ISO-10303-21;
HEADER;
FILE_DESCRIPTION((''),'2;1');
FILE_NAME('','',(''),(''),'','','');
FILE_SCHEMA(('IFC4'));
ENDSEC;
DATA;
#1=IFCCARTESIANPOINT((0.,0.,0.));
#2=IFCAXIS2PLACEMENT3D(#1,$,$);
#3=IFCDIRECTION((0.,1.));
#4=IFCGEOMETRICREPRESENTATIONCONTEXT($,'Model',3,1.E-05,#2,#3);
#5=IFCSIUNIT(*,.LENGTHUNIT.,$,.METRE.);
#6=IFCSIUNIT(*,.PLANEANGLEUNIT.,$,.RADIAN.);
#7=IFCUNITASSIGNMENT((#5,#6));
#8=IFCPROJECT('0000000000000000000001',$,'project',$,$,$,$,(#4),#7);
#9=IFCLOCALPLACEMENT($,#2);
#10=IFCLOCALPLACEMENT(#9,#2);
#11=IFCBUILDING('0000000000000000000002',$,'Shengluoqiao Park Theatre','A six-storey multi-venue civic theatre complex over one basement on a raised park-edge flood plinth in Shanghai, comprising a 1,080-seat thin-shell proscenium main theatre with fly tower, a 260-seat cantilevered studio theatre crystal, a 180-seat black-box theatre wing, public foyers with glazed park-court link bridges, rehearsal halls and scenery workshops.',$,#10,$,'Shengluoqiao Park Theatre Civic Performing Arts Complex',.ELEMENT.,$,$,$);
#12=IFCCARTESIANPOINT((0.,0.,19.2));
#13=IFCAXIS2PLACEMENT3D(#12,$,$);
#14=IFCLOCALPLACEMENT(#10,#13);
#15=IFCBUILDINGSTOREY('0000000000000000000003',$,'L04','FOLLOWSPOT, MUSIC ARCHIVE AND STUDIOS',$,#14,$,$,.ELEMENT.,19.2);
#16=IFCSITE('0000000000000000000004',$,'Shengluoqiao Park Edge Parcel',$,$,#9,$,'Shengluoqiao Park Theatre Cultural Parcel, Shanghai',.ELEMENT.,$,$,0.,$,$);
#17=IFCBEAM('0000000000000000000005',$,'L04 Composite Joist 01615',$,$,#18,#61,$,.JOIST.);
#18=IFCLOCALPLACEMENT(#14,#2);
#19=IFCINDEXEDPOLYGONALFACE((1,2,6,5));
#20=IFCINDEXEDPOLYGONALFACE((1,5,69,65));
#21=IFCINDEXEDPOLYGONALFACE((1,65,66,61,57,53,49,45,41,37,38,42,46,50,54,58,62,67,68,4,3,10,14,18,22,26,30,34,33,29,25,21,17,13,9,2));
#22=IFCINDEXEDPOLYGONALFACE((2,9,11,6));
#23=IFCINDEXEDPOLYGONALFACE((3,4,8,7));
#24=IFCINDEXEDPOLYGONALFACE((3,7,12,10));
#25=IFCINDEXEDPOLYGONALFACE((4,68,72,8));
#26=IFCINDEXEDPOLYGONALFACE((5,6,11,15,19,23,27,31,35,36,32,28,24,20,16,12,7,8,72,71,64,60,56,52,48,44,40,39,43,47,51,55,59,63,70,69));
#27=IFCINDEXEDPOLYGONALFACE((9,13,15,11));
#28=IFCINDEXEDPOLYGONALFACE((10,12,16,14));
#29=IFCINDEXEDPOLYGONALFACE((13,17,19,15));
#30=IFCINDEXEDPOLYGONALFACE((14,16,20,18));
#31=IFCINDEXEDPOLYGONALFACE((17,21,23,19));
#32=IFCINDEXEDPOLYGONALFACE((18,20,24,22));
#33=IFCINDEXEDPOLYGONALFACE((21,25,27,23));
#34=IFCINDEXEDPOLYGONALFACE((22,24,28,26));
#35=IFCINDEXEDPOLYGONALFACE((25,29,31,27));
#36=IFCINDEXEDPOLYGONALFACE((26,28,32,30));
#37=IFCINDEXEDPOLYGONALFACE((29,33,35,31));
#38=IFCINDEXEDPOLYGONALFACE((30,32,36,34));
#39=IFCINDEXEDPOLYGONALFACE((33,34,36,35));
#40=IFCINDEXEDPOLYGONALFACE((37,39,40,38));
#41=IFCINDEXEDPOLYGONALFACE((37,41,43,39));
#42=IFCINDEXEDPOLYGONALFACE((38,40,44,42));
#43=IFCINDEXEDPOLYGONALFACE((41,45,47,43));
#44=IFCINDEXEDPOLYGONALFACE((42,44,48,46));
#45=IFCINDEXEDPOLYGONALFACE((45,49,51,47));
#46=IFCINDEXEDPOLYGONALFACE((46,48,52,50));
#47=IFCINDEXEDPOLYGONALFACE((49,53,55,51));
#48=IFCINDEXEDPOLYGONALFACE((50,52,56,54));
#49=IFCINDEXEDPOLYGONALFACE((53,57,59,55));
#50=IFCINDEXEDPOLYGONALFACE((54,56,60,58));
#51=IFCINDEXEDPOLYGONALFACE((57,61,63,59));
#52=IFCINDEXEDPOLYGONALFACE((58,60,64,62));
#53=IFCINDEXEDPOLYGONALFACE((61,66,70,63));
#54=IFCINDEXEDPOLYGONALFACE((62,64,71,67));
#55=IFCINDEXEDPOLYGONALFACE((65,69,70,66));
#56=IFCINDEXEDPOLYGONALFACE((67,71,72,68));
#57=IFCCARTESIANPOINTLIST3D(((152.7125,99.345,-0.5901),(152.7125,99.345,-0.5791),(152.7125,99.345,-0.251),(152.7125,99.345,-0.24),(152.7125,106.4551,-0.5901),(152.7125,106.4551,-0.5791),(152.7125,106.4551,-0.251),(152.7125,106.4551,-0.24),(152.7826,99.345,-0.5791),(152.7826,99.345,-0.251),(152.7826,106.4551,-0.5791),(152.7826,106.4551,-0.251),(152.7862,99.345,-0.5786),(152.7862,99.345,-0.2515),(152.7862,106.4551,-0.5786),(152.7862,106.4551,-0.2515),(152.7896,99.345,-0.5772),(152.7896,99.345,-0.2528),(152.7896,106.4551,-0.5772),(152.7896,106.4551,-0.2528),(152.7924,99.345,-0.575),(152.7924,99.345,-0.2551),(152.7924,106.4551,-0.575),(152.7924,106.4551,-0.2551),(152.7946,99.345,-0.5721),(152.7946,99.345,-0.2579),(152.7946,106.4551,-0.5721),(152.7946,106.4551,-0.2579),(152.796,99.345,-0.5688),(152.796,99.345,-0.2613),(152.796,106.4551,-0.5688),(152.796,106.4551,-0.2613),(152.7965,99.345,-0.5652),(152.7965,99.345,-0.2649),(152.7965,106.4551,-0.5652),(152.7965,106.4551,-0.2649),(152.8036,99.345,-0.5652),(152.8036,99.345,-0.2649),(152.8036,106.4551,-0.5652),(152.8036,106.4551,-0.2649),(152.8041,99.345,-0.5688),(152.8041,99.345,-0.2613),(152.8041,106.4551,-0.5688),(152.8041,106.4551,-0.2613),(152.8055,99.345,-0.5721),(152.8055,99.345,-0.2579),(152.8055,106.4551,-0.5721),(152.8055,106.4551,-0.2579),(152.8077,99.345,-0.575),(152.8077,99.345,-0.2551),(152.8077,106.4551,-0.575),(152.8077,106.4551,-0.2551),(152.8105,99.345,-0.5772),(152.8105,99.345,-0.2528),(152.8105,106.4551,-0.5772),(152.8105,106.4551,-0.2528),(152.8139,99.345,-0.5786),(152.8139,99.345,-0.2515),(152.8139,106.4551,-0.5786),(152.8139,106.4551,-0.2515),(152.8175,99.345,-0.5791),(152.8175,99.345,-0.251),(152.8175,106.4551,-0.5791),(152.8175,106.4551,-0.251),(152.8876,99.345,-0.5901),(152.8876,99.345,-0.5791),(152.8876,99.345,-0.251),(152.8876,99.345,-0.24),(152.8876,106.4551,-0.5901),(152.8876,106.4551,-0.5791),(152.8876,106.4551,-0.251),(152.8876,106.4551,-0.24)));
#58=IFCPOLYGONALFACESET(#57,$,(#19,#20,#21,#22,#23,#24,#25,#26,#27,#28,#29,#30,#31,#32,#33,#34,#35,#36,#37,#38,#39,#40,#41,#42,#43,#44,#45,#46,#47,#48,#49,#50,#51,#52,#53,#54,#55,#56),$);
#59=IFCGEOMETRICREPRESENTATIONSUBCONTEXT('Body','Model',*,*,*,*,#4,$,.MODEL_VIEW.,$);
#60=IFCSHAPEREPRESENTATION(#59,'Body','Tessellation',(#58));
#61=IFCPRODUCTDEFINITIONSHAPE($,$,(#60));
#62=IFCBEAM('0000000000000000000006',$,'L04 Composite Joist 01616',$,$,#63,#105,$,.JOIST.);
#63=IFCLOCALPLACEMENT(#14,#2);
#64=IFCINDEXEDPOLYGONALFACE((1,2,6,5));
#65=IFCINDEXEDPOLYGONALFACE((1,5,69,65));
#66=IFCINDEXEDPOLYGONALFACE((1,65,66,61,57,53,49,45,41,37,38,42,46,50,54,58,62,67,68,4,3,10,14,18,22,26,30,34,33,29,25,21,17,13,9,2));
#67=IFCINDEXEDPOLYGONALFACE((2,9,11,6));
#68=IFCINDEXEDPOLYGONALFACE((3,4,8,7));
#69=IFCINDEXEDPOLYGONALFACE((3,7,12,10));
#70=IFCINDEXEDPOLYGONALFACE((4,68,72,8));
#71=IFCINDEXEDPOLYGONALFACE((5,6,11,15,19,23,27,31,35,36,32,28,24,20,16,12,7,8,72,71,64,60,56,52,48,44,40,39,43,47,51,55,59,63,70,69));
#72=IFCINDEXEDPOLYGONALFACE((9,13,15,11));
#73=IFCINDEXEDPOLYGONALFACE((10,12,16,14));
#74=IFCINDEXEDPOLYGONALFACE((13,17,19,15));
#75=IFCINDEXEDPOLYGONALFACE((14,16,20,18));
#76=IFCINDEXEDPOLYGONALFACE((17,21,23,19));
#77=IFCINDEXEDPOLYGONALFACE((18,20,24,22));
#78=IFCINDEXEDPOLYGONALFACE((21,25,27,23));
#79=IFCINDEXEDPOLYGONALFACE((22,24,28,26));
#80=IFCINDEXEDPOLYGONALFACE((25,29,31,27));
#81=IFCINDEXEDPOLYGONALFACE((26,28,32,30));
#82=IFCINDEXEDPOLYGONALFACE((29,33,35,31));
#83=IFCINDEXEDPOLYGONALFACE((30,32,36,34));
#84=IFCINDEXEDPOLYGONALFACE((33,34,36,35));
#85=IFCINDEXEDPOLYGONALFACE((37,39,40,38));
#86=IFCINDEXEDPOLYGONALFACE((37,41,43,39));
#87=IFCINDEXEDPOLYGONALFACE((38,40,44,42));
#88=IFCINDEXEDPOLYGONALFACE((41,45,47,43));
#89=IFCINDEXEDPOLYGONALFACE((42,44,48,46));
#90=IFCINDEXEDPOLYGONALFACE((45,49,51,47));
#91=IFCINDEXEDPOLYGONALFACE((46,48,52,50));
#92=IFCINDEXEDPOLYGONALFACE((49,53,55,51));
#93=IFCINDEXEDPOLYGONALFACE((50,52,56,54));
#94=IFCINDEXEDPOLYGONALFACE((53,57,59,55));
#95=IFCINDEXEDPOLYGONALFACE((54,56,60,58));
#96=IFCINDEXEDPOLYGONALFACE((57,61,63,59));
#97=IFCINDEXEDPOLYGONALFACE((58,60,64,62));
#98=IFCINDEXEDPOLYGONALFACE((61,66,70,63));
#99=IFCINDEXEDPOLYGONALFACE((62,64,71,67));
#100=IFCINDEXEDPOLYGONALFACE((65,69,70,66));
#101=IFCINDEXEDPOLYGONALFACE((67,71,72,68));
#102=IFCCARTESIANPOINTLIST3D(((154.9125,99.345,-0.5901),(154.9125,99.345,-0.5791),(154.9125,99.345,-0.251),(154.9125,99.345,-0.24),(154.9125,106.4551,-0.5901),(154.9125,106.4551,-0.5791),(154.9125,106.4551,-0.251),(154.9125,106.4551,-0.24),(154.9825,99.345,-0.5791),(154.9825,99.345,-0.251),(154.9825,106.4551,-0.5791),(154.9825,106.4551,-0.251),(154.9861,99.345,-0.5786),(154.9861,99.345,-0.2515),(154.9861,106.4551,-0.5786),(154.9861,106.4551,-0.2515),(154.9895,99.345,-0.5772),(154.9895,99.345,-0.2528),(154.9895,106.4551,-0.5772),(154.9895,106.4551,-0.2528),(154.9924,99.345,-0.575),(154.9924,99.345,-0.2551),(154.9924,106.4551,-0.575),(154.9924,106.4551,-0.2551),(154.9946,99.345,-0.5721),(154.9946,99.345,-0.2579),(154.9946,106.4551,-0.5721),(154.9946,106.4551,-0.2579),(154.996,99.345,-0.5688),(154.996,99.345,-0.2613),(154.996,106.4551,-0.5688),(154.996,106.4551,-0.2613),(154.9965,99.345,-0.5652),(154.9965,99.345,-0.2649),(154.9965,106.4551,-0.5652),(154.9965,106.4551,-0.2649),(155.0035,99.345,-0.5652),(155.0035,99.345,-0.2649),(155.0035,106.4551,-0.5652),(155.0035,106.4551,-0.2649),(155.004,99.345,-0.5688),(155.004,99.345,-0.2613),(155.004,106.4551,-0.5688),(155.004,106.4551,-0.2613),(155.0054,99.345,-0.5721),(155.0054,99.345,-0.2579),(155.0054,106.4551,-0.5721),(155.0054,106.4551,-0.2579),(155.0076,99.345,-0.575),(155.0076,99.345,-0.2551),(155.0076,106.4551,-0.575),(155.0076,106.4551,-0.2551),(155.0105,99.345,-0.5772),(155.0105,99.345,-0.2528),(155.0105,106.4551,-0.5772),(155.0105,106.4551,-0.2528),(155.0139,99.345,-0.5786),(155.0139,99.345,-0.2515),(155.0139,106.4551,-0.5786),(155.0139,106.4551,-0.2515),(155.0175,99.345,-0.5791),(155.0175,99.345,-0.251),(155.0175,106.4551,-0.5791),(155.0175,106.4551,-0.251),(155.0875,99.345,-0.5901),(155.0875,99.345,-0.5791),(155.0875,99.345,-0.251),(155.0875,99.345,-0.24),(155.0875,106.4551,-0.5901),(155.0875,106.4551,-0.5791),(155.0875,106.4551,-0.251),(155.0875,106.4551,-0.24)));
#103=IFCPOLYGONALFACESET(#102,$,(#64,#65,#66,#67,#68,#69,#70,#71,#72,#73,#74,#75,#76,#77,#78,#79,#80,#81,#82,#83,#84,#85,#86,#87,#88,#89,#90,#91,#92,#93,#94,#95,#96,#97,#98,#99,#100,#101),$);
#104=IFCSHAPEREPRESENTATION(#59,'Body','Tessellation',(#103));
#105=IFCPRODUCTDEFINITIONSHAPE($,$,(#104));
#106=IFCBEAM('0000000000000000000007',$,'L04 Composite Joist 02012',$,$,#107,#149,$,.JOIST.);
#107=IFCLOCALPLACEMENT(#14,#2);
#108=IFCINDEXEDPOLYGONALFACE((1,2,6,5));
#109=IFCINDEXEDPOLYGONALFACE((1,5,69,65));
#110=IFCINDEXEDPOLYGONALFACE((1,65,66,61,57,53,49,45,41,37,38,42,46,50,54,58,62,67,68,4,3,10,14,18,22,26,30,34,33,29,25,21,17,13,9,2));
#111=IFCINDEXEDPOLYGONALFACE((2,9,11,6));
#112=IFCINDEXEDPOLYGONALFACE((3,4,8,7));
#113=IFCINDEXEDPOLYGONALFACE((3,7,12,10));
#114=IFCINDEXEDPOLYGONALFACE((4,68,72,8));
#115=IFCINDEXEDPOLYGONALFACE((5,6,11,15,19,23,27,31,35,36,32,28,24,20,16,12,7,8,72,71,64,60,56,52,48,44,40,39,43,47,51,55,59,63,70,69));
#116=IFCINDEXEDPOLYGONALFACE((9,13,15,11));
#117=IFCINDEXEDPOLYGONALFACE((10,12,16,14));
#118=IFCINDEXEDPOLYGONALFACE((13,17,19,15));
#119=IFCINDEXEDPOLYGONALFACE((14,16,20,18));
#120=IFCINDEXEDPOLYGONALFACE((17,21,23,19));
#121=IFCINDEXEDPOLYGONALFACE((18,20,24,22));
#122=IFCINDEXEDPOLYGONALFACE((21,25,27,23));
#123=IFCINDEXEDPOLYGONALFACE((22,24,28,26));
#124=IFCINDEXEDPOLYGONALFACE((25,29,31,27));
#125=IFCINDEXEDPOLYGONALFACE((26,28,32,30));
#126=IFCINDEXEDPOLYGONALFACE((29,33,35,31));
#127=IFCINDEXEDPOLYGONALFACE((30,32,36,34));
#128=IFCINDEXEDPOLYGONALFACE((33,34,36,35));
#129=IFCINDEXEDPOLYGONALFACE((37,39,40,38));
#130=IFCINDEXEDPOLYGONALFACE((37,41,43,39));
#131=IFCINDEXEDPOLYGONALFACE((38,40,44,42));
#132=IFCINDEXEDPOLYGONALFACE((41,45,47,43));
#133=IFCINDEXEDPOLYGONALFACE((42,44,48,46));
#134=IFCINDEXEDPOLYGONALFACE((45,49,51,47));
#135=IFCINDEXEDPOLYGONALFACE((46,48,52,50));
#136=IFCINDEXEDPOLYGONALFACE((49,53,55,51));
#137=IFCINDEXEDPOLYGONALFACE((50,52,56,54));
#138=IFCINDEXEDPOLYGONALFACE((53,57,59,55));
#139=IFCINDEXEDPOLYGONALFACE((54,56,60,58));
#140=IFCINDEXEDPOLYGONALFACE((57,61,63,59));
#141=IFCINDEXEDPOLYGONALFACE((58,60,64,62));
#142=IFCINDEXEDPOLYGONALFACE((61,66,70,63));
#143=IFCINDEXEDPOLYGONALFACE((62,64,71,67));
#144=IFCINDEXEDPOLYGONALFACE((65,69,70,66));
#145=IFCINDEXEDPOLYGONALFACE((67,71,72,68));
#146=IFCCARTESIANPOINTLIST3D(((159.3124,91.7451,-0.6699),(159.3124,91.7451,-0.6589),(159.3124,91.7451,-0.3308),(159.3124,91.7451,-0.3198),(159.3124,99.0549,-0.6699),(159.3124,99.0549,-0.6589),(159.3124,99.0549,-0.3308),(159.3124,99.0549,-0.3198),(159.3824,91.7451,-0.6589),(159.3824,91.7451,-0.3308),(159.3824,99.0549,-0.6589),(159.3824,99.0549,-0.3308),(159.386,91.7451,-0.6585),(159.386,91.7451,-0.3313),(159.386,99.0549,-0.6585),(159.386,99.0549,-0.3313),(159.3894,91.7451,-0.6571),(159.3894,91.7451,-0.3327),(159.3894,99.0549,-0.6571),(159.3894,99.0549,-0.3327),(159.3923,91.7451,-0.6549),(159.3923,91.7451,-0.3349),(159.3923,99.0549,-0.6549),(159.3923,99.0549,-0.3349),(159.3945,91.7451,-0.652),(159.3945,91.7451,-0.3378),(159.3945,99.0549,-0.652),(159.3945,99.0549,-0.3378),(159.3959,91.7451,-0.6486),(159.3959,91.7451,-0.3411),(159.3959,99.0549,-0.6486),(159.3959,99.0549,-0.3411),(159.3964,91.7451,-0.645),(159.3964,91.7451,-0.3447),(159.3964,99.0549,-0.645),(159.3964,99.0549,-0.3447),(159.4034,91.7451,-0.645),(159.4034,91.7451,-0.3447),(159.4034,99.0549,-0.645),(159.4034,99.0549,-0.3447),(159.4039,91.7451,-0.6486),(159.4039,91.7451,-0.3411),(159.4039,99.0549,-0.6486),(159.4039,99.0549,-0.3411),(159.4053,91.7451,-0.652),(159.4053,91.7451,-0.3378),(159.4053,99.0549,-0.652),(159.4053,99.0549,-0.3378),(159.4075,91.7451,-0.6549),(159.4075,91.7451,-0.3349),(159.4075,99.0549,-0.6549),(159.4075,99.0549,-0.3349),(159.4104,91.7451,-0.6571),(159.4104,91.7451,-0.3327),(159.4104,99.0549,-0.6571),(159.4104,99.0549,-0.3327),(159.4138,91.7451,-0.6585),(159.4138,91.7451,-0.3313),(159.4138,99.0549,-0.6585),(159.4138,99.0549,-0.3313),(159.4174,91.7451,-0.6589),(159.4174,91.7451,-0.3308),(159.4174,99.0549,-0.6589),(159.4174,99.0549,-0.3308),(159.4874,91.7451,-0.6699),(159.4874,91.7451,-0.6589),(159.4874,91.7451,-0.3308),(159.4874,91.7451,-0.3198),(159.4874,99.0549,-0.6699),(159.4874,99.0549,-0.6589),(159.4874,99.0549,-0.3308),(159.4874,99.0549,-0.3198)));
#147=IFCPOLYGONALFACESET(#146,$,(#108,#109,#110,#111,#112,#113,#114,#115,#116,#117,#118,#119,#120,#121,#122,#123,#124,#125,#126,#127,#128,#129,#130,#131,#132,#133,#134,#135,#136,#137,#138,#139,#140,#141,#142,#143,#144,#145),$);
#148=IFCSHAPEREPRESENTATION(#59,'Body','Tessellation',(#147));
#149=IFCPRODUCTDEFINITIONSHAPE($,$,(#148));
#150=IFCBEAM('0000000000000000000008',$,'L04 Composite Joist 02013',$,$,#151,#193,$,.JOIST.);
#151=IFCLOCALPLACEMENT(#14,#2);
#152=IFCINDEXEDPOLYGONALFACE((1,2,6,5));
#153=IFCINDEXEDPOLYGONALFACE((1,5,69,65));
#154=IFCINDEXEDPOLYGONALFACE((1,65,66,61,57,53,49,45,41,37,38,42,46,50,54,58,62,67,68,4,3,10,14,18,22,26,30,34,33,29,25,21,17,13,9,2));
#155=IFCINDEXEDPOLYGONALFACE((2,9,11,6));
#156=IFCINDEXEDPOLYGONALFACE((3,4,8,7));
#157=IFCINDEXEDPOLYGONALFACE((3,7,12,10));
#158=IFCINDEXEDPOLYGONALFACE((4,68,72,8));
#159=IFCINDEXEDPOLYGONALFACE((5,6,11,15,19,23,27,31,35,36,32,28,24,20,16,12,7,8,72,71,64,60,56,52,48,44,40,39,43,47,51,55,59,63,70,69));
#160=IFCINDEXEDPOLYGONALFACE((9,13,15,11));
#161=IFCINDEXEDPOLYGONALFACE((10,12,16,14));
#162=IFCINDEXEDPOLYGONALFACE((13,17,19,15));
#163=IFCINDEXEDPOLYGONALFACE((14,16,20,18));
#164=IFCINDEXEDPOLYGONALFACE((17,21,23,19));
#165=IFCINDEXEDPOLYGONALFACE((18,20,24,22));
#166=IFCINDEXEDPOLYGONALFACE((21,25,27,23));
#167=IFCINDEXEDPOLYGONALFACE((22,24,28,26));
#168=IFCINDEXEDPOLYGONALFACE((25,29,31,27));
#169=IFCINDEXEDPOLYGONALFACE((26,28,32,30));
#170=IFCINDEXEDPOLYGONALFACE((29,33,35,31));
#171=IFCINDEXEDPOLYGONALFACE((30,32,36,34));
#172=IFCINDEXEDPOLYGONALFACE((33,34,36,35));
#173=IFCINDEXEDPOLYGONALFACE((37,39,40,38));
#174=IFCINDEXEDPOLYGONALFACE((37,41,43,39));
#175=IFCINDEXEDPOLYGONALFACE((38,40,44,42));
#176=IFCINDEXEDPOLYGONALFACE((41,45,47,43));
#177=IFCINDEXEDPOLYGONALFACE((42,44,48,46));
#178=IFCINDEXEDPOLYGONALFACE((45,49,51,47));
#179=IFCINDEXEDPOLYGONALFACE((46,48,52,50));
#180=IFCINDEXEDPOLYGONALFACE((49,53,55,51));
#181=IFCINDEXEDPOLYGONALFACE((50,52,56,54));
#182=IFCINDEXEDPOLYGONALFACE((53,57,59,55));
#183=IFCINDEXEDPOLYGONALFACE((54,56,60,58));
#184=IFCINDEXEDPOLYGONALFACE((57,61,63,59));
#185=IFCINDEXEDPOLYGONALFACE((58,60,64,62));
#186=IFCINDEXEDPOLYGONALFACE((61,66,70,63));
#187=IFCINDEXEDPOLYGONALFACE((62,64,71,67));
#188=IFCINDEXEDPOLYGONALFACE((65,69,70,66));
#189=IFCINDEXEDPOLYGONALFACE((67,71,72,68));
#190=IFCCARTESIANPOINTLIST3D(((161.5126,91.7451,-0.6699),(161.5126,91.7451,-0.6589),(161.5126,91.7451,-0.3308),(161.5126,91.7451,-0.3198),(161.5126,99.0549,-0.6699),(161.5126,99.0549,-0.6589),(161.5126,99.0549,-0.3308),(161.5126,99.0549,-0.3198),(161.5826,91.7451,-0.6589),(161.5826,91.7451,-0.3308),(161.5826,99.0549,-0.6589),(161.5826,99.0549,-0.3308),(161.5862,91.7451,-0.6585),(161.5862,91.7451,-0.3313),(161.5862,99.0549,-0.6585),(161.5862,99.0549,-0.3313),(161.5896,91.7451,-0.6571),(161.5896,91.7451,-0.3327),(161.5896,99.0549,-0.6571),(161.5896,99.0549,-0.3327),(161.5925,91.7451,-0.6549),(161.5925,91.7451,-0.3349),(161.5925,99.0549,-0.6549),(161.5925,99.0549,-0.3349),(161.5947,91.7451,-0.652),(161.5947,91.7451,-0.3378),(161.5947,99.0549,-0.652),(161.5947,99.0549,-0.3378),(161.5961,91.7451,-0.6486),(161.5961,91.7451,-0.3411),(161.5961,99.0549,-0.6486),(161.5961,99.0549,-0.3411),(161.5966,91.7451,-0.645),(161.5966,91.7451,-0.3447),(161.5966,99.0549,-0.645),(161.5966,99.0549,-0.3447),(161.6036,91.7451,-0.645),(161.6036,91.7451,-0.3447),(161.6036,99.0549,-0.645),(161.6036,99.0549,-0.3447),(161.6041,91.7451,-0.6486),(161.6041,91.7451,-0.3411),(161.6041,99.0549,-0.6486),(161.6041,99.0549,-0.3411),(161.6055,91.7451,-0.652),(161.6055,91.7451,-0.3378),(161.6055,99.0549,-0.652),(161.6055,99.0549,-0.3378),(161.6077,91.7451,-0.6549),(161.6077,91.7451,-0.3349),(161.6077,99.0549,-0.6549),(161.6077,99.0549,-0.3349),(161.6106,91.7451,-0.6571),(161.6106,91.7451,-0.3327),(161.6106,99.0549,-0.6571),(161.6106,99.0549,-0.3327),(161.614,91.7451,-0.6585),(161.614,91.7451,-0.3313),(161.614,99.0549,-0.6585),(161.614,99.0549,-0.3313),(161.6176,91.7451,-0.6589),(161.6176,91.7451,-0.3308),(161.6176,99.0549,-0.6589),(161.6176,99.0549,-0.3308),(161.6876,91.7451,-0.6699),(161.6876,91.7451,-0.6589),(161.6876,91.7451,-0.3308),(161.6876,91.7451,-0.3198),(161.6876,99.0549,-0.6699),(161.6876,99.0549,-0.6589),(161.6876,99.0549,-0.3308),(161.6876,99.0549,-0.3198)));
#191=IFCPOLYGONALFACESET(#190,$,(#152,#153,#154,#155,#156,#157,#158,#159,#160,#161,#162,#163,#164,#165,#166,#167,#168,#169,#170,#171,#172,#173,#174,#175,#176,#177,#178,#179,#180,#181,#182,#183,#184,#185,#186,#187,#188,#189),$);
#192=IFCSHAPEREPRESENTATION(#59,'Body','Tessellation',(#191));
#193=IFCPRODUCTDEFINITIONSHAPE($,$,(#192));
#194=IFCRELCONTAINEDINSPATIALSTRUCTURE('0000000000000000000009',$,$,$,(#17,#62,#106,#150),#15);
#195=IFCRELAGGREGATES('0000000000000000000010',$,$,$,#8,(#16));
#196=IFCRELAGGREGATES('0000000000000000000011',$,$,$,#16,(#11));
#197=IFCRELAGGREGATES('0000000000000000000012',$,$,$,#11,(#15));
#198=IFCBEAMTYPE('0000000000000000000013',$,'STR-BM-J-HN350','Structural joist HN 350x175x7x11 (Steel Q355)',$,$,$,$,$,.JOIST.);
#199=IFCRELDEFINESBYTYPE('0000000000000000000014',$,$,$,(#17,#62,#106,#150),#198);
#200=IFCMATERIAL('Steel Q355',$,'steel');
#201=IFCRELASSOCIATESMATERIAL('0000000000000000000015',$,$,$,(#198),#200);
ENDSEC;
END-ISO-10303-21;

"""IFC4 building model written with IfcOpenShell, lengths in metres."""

from ifc_helpers import new_model, si_unit, direction, frame, origin, origin_2d, place, context, subcontext, project, spatial, i_section, extrude, material, material_profile, profile_set, type_object, element, save


model = new_model("IFC4")

# Units and contexts
model_context = context("Model", 3, precision=1e-05, world=origin(), true_north=direction((0.0, 1.0)))
body_context = subcontext(model_context, "Body", "Model", "MODEL_VIEW")
ifc_project = project(units=[si_unit("LENGTHUNIT", "METRE"), si_unit("PLANEANGLEUNIT", "RADIAN")], contexts=[model_context])

# Site, building, storey
site_placement = place(None, origin())
site = spatial("IfcSite", under=ifc_project, at=site_placement, Name="Shengluoqiao Park Edge Parcel", LongName="Shengluoqiao Park Theatre Cultural Parcel, Shanghai", CompositionType="ELEMENT", RefElevation=0.0)
building_placement = place(site_placement, origin())
building = spatial("IfcBuilding", under=site, at=building_placement, Name="Shengluoqiao Park Theatre", Description="A six-storey multi-venue civic theatre complex over one basement on a raised park-edge flood plinth in Shanghai, comprising a 1,080-seat thin-shell proscenium main theatre with fly tower, a 260-seat cantilevered studio theatre crystal, a 180-seat black-box theatre wing, public foyers with glazed park-court link bridges, rehearsal halls and scenery workshops.", LongName="Shengluoqiao Park Theatre Civic Performing Arts Complex", CompositionType="ELEMENT")
storey_placement = place(building_placement, frame((0.0, 0.0, 19.2)))
storey = spatial("IfcBuildingStorey", under=building, at=storey_placement, Name="L04", Description="FOLLOWSPOT, MUSIC ARCHIVE AND STUDIOS", CompositionType="ELEMENT", Elevation=19.2)

# Shared definitions
ifc_material_1 = material(Name="Steel Q355", Category="steel")

# Beams
ifc_material_profile_1 = material_profile(ifc_material_1, i_section(OverallWidth=0.175, OverallDepth=0.3501, WebThickness=0.0071, FlangeThickness=0.011, FilletRadius=0.0139, at=origin_2d()), Name="HN 350x175x7x11")
ifc_profile_set_1 = profile_set([ifc_material_profile_1], Name="Steel Q355")
beam_type_1 = type_object("IfcBeamType", Name="STR-BM-J-HN350", Description="Structural joist HN 350x175x7x11 (Steel Q355)", PredefinedType="JOIST", material=ifc_profile_set_1)
for number, where, z_axis, x_axis, name in (
    (1, (152.8, 99.345, -0.415), (0.0, 1.0, 0.0), (-1.0, 0.0, 0.0), "L04 Composite Joist 01615"),
    (2, (155.0, 99.345, -0.415), (0.0, 1.0, 0.0), (-1.0, 0.0, 0.0), "L04 Composite Joist 01616"),
):
    element("IfcBeam", number, at=place(storey_placement, frame(where, z_axis=z_axis, x_axis=x_axis)), inside=storey, type_object=beam_type_1, Name=name, PredefinedType="JOIST", context=body_context, shape_type="SweptSolid", body=[
        extrude(i_section(OverallWidth=0.175, OverallDepth=0.3501, WebThickness=0.0071, FlangeThickness=0.011, FilletRadius=0.0139, at=origin_2d()), origin(), (0.0, 0.0, 1.0), 7.1101),
    ])
for number, where, z_axis, x_axis, name in (
    (3, (159.3999, 91.7451, -0.4949), (0.0, 1.0, 0.0), (-1.0, 0.0, 0.0), "L04 Composite Joist 02012"),
    (4, (161.6001, 91.7451, -0.4949), (0.0, 1.0, 0.0), (-1.0, 0.0, 0.0), "L04 Composite Joist 02013"),
):
    element("IfcBeam", number, at=place(storey_placement, frame(where, z_axis=z_axis, x_axis=x_axis)), inside=storey, type_object=beam_type_1, Name=name, PredefinedType="JOIST", context=body_context, shape_type="SweptSolid", body=[
        extrude(i_section(OverallWidth=0.175, OverallDepth=0.3501, WebThickness=0.0071, FlangeThickness=0.011, FilletRadius=0.0139, at=origin_2d()), origin(), (0.0, 0.0, 1.0), 7.3098),
    ])

save(model, "model.ifc")
